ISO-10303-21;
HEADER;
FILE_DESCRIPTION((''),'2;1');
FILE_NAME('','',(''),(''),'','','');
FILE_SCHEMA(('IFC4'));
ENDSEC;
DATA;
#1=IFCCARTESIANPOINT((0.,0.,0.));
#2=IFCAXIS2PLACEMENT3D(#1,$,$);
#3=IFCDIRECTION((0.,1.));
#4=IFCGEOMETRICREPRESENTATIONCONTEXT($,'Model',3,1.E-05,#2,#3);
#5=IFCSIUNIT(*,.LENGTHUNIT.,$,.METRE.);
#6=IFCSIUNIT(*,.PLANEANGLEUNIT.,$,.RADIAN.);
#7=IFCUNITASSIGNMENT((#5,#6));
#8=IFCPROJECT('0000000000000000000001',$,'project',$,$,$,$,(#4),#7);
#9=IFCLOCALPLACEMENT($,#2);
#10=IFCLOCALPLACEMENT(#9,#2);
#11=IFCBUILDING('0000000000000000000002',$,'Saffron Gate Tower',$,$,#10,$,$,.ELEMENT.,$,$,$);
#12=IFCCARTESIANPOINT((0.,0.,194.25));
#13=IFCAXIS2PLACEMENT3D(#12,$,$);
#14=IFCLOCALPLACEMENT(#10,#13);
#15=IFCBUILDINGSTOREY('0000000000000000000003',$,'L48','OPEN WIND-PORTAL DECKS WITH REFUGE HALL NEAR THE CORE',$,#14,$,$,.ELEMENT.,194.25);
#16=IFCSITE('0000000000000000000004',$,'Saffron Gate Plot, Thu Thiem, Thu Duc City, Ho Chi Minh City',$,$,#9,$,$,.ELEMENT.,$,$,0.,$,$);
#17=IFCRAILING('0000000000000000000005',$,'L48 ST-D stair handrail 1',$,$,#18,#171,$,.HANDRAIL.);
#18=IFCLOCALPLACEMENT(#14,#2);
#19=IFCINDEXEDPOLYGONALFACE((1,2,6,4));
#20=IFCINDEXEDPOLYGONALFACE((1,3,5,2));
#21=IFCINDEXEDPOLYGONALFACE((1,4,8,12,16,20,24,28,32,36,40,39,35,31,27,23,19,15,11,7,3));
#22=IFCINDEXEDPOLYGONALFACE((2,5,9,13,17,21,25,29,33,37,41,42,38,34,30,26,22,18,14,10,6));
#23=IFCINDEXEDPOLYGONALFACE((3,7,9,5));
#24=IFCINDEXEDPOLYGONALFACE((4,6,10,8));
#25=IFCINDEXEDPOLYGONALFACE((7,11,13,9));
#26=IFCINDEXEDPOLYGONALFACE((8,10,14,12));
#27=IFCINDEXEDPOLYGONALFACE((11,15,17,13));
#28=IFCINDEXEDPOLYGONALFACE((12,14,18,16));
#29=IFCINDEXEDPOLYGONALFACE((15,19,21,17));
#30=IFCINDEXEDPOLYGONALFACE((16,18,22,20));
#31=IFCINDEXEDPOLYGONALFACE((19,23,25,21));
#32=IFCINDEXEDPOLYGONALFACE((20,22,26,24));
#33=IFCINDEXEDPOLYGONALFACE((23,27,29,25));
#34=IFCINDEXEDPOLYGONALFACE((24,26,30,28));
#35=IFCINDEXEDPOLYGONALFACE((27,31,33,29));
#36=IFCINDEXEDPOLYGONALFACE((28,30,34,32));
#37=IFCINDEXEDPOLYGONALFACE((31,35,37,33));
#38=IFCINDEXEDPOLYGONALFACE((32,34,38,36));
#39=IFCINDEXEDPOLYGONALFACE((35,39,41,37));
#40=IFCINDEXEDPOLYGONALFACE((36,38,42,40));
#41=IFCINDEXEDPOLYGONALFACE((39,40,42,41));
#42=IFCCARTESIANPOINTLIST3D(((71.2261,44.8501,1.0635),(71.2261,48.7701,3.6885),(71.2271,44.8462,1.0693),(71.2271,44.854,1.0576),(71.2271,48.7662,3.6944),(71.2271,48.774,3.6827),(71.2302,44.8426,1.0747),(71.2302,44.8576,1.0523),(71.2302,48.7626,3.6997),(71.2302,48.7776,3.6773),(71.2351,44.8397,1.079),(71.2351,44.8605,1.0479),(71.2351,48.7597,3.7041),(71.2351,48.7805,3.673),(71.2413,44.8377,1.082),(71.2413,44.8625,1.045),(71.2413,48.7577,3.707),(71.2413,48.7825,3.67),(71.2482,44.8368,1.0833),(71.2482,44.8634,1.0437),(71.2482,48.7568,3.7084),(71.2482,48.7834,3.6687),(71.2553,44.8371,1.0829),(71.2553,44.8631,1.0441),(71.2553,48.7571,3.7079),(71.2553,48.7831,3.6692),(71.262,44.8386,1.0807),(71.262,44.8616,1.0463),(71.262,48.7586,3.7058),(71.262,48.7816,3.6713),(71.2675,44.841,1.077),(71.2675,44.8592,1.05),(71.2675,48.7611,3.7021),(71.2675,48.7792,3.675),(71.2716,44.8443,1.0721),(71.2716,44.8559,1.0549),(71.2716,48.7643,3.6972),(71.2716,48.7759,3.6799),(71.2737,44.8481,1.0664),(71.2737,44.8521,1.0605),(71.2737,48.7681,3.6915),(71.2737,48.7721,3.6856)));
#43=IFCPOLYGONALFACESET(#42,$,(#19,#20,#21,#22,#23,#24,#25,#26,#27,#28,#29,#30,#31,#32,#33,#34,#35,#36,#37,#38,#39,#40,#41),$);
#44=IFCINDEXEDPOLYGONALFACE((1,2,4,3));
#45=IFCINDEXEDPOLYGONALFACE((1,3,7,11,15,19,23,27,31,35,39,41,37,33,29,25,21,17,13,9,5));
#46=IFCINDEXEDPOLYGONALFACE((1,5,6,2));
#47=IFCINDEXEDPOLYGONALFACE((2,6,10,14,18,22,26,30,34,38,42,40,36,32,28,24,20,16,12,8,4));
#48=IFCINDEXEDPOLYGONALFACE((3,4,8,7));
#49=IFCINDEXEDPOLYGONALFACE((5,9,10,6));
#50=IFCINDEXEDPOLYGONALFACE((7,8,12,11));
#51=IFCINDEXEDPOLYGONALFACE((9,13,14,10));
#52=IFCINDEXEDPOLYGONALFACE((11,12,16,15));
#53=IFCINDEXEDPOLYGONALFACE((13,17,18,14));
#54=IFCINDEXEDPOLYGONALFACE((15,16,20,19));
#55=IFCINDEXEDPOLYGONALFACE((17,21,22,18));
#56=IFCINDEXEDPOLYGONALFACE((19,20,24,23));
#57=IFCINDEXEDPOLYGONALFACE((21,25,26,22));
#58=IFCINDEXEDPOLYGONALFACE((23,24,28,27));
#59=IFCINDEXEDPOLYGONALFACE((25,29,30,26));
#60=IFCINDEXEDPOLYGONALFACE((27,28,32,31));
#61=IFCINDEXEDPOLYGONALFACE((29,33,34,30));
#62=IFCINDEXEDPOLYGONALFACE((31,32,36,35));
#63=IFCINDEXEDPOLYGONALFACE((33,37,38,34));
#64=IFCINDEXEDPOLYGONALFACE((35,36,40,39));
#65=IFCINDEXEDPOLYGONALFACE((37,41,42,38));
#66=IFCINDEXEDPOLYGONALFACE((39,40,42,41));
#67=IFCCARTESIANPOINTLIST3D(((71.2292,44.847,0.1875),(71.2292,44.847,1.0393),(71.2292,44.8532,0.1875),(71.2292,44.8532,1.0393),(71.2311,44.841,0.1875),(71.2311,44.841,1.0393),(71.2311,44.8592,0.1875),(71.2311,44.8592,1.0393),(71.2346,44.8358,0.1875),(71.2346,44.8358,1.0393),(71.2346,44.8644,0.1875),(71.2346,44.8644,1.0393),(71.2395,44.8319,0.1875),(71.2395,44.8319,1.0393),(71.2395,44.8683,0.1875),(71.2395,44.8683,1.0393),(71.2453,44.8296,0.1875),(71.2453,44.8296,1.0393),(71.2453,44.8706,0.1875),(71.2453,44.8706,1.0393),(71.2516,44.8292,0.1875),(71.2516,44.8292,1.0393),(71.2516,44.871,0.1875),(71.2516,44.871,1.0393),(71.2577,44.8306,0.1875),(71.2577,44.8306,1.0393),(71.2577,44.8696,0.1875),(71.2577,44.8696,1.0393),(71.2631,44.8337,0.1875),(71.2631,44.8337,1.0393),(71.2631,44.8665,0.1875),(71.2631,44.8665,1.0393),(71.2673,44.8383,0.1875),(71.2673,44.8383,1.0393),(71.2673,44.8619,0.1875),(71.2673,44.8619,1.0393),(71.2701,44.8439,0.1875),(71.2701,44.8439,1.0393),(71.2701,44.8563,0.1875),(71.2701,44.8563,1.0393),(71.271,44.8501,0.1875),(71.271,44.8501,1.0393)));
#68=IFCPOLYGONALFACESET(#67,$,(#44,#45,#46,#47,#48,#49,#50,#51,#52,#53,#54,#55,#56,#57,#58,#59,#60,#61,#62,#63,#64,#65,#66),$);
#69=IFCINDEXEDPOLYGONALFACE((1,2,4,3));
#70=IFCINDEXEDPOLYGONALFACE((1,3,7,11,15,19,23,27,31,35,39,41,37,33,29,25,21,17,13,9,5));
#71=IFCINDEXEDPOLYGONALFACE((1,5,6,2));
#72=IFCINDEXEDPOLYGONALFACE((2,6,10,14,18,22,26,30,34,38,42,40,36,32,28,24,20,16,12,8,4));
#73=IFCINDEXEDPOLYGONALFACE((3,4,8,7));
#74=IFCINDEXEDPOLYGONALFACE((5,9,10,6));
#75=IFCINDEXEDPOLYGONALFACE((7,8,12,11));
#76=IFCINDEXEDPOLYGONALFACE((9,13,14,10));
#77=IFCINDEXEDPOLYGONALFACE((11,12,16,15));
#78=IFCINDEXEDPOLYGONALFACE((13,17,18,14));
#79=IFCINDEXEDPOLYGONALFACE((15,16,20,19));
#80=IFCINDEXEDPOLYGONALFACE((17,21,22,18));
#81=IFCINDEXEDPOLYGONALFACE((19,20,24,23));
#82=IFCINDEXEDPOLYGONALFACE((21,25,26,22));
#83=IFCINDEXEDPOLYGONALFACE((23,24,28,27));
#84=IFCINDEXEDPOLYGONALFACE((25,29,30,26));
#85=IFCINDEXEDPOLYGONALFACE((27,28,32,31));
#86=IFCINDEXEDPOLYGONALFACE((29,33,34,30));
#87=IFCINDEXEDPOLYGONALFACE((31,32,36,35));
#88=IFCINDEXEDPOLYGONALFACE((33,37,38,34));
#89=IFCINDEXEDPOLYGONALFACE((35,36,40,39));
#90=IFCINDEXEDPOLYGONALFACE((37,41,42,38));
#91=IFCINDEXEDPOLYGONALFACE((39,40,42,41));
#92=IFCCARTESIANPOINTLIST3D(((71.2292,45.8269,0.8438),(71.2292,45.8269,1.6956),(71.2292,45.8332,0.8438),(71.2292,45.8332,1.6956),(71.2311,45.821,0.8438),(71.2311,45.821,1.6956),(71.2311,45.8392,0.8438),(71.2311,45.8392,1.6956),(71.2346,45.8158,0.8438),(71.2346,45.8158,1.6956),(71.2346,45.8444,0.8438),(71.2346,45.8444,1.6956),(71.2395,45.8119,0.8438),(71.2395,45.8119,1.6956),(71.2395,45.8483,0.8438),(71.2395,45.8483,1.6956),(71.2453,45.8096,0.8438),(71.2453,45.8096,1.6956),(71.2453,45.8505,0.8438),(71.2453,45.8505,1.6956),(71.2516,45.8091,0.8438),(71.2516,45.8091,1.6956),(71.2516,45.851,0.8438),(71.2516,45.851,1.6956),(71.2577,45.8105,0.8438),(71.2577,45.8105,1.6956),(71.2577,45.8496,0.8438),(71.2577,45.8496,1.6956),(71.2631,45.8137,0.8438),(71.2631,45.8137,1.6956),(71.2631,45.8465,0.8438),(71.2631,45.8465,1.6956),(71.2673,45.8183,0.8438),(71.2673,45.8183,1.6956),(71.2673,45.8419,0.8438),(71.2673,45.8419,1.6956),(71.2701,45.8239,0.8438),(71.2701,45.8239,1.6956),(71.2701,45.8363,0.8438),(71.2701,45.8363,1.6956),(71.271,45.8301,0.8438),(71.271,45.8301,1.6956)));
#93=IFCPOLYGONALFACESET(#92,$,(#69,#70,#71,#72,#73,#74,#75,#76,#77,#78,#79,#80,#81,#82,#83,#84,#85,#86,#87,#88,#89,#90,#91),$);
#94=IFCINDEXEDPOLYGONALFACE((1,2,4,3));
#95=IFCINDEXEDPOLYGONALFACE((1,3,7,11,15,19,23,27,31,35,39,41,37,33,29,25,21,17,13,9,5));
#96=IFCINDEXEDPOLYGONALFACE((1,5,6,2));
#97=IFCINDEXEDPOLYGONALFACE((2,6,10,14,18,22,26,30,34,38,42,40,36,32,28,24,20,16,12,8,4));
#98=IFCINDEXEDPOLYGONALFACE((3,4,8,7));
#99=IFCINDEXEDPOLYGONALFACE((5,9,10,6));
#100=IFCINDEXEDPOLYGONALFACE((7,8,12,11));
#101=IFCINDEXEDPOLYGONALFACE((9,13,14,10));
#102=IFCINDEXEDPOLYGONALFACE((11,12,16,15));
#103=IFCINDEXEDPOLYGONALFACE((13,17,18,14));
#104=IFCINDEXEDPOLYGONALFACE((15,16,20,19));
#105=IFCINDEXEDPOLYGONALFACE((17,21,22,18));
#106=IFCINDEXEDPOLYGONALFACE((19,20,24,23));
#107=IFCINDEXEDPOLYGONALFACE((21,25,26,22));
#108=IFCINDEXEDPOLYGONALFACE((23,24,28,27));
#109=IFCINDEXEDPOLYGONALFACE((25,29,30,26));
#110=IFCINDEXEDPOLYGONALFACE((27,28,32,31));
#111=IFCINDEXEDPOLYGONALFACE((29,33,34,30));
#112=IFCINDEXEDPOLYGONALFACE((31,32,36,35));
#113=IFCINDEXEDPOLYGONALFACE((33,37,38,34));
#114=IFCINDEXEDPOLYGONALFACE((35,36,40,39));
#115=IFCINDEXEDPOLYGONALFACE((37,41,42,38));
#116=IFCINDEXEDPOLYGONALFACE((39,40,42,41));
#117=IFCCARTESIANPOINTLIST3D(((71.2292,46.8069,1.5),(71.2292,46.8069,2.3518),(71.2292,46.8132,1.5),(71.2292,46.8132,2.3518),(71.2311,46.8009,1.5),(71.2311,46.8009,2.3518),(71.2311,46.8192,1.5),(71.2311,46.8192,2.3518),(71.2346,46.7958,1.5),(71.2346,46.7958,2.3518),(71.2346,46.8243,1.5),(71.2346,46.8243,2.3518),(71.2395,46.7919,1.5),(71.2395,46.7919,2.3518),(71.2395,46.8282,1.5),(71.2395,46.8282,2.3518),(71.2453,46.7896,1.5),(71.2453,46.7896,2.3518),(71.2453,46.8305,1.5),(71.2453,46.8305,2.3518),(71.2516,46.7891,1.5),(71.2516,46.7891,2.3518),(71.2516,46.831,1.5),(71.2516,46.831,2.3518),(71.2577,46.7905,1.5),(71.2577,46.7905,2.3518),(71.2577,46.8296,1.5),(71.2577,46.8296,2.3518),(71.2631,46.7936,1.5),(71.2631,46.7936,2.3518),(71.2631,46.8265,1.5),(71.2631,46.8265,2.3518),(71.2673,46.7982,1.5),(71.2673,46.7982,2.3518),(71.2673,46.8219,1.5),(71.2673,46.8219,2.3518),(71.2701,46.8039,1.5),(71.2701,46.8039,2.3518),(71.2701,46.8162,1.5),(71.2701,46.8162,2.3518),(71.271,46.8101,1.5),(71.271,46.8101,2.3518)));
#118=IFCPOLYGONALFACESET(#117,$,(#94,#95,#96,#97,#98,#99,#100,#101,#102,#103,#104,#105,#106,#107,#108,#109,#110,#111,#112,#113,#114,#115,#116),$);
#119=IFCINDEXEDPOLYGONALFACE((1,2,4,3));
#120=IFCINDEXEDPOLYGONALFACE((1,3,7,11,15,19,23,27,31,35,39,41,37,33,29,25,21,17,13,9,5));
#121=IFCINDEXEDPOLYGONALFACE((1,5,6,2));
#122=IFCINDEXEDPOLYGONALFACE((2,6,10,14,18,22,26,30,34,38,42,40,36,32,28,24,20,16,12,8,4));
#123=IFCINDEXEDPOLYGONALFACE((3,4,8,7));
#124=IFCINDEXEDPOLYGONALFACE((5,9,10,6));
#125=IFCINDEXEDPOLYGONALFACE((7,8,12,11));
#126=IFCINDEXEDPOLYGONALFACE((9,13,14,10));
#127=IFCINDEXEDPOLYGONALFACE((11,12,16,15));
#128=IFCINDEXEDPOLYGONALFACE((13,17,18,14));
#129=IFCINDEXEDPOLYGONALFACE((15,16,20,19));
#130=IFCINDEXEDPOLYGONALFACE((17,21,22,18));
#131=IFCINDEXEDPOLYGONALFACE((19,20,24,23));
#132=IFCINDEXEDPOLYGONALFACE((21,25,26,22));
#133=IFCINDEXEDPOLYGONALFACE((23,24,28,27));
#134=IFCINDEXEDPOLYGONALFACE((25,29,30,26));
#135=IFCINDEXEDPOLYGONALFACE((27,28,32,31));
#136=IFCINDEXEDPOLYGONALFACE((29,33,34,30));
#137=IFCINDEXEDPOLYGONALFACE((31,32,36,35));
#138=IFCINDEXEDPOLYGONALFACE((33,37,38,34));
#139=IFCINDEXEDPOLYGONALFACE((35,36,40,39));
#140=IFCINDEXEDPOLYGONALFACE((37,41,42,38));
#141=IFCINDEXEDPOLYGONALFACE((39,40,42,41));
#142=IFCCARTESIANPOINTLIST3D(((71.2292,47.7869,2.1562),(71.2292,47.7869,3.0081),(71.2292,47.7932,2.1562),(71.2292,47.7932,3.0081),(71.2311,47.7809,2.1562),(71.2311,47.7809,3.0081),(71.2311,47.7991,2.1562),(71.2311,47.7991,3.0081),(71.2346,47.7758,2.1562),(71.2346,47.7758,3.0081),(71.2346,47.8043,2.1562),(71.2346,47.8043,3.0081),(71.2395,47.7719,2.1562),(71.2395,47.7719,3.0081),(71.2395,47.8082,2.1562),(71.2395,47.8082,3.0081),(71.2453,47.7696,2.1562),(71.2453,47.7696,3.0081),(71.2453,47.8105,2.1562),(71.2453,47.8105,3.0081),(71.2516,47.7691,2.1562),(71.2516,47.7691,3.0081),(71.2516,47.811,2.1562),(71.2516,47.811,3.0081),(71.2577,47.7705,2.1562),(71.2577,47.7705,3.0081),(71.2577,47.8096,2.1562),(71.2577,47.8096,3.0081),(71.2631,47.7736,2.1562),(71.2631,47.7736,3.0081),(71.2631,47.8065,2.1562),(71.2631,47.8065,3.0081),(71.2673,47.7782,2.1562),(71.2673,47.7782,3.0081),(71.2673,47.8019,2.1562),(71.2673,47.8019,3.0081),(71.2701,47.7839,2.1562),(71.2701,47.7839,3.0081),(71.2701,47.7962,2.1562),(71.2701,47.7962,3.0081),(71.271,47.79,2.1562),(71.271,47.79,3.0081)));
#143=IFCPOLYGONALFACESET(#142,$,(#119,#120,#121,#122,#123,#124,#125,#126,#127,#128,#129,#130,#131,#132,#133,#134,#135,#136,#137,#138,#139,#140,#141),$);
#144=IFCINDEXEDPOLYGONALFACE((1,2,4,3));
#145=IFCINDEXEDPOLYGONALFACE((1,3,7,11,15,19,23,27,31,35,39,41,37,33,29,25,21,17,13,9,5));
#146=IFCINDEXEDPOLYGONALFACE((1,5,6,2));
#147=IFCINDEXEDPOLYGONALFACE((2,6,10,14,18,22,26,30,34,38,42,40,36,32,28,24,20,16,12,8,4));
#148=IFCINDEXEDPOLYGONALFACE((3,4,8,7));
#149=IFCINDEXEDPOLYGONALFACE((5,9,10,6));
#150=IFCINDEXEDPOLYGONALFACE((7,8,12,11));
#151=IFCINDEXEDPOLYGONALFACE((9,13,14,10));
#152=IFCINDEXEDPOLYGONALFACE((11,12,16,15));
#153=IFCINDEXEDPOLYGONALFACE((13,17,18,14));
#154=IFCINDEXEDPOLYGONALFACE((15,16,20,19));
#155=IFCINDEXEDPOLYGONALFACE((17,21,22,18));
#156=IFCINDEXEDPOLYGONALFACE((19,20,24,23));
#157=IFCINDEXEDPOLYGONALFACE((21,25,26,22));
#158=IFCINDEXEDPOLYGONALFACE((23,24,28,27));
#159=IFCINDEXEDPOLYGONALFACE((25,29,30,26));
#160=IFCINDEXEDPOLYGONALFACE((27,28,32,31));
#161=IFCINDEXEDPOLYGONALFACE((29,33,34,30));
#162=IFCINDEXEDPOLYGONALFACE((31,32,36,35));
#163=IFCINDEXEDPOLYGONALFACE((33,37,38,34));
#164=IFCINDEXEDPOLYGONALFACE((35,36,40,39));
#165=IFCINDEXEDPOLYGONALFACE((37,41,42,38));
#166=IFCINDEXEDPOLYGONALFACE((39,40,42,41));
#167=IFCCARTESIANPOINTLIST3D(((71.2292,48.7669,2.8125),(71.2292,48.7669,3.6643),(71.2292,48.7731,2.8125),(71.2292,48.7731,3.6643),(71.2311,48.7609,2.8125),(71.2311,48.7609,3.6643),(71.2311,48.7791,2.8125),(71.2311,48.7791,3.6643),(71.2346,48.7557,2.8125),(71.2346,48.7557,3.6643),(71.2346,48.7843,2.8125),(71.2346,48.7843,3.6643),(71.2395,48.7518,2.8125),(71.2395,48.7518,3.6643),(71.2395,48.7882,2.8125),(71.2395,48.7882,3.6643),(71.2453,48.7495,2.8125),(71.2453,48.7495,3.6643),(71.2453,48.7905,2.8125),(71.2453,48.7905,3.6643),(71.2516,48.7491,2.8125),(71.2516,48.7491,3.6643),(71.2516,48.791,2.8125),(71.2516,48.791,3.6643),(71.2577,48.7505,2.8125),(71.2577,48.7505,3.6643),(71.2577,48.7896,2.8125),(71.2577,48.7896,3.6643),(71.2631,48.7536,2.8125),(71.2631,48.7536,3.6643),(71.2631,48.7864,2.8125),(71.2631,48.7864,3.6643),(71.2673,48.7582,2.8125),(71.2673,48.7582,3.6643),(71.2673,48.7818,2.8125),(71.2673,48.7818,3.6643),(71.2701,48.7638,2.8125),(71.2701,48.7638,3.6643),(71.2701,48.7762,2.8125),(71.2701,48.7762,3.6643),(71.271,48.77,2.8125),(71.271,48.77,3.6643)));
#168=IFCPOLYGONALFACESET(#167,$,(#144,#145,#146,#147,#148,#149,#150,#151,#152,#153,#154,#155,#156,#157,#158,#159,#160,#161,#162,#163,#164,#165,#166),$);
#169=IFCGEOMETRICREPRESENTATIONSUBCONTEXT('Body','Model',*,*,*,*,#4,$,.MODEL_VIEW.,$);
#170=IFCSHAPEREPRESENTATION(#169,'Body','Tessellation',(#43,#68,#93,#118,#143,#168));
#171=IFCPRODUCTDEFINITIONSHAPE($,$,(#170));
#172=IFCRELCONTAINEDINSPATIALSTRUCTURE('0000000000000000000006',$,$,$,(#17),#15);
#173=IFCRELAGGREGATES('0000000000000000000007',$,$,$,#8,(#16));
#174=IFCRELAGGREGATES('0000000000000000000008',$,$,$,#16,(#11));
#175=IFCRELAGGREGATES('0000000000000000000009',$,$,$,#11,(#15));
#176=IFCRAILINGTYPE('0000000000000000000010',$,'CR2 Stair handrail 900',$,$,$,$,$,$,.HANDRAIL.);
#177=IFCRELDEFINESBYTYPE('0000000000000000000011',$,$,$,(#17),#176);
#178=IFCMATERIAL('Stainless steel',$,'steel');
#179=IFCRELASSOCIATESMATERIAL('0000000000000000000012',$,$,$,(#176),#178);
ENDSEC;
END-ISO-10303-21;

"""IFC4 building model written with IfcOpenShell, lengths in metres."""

from ifc_helpers import new_model, si_unit, direction, frame, origin, origin_2d, place, context, subcontext, project, spatial, circle, extrude, material, type_object, element, save


model = new_model("IFC4")

# Units and contexts
model_context = context("Model", 3, precision=1e-05, world=origin(), true_north=direction((0.0, 1.0)))
body_context = subcontext(model_context, "Body", "Model", "MODEL_VIEW")
ifc_project = project(units=[si_unit("LENGTHUNIT", "METRE"), si_unit("PLANEANGLEUNIT", "RADIAN")], contexts=[model_context])

# Site, building, storey
site_placement = place(None, origin())
site = spatial("IfcSite", under=ifc_project, at=site_placement, Name="Saffron Gate Plot, Thu Thiem, Thu Duc City, Ho Chi Minh City", CompositionType="ELEMENT", RefElevation=0.0)
building_placement = place(site_placement, origin())
building = spatial("IfcBuilding", under=site, at=building_placement, Name="Saffron Gate Tower", CompositionType="ELEMENT")
storey_placement = place(building_placement, frame((0.0, 0.0, 194.25)))
storey = spatial("IfcBuildingStorey", under=building, at=storey_placement, Name="L48", Description="OPEN WIND-PORTAL DECKS WITH REFUGE HALL NEAR THE CORE", CompositionType="ELEMENT", Elevation=194.25)

# Railing
ifc_material_1 = material(Name="Stainless steel", Category="steel")
railing_type_1 = type_object("IfcRailingType", Name="CR2 Stair handrail 900", PredefinedType="HANDRAIL", material=ifc_material_1)
railing_1_placement = place(storey_placement, frame((71.25, 44.8501, 0.1875)))
element("IfcRailing", 1, at=railing_1_placement, inside=storey, type_object=railing_type_1, Name="L48 ST-D stair handrail 1", PredefinedType="HANDRAIL", context=body_context, shape_type="SweptSolid", body=[
    extrude(circle(Radius=0.0239, at=origin_2d()), frame((0.0, 0.0, 0.876), z_axis=(0.0, 0.830902, 0.556419), x_axis=(-1.0, 0.0, 0.0)), (0.0, 0.0, 1.0), 4.7178),
    extrude(circle(Radius=0.021, at=origin_2d()), origin(), (0.0, 0.0, 1.0), 0.8518),
    extrude(circle(Radius=0.021, at=origin_2d()), frame((0.0, 0.98, 0.6562)), (0.0, 0.0, 1.0), 0.8518),
    extrude(circle(Radius=0.021, at=origin_2d()), frame((0.0, 1.96, 1.3125)), (0.0, 0.0, 1.0), 0.8518),
    extrude(circle(Radius=0.021, at=origin_2d()), frame((0.0, 2.9399, 1.9688)), (0.0, 0.0, 1.0), 0.8518),
    extrude(circle(Radius=0.021, at=origin_2d()), frame((0.0, 3.9199, 2.625)), (0.0, 0.0, 1.0), 0.8518),
])

save(model, "model.ifc")
